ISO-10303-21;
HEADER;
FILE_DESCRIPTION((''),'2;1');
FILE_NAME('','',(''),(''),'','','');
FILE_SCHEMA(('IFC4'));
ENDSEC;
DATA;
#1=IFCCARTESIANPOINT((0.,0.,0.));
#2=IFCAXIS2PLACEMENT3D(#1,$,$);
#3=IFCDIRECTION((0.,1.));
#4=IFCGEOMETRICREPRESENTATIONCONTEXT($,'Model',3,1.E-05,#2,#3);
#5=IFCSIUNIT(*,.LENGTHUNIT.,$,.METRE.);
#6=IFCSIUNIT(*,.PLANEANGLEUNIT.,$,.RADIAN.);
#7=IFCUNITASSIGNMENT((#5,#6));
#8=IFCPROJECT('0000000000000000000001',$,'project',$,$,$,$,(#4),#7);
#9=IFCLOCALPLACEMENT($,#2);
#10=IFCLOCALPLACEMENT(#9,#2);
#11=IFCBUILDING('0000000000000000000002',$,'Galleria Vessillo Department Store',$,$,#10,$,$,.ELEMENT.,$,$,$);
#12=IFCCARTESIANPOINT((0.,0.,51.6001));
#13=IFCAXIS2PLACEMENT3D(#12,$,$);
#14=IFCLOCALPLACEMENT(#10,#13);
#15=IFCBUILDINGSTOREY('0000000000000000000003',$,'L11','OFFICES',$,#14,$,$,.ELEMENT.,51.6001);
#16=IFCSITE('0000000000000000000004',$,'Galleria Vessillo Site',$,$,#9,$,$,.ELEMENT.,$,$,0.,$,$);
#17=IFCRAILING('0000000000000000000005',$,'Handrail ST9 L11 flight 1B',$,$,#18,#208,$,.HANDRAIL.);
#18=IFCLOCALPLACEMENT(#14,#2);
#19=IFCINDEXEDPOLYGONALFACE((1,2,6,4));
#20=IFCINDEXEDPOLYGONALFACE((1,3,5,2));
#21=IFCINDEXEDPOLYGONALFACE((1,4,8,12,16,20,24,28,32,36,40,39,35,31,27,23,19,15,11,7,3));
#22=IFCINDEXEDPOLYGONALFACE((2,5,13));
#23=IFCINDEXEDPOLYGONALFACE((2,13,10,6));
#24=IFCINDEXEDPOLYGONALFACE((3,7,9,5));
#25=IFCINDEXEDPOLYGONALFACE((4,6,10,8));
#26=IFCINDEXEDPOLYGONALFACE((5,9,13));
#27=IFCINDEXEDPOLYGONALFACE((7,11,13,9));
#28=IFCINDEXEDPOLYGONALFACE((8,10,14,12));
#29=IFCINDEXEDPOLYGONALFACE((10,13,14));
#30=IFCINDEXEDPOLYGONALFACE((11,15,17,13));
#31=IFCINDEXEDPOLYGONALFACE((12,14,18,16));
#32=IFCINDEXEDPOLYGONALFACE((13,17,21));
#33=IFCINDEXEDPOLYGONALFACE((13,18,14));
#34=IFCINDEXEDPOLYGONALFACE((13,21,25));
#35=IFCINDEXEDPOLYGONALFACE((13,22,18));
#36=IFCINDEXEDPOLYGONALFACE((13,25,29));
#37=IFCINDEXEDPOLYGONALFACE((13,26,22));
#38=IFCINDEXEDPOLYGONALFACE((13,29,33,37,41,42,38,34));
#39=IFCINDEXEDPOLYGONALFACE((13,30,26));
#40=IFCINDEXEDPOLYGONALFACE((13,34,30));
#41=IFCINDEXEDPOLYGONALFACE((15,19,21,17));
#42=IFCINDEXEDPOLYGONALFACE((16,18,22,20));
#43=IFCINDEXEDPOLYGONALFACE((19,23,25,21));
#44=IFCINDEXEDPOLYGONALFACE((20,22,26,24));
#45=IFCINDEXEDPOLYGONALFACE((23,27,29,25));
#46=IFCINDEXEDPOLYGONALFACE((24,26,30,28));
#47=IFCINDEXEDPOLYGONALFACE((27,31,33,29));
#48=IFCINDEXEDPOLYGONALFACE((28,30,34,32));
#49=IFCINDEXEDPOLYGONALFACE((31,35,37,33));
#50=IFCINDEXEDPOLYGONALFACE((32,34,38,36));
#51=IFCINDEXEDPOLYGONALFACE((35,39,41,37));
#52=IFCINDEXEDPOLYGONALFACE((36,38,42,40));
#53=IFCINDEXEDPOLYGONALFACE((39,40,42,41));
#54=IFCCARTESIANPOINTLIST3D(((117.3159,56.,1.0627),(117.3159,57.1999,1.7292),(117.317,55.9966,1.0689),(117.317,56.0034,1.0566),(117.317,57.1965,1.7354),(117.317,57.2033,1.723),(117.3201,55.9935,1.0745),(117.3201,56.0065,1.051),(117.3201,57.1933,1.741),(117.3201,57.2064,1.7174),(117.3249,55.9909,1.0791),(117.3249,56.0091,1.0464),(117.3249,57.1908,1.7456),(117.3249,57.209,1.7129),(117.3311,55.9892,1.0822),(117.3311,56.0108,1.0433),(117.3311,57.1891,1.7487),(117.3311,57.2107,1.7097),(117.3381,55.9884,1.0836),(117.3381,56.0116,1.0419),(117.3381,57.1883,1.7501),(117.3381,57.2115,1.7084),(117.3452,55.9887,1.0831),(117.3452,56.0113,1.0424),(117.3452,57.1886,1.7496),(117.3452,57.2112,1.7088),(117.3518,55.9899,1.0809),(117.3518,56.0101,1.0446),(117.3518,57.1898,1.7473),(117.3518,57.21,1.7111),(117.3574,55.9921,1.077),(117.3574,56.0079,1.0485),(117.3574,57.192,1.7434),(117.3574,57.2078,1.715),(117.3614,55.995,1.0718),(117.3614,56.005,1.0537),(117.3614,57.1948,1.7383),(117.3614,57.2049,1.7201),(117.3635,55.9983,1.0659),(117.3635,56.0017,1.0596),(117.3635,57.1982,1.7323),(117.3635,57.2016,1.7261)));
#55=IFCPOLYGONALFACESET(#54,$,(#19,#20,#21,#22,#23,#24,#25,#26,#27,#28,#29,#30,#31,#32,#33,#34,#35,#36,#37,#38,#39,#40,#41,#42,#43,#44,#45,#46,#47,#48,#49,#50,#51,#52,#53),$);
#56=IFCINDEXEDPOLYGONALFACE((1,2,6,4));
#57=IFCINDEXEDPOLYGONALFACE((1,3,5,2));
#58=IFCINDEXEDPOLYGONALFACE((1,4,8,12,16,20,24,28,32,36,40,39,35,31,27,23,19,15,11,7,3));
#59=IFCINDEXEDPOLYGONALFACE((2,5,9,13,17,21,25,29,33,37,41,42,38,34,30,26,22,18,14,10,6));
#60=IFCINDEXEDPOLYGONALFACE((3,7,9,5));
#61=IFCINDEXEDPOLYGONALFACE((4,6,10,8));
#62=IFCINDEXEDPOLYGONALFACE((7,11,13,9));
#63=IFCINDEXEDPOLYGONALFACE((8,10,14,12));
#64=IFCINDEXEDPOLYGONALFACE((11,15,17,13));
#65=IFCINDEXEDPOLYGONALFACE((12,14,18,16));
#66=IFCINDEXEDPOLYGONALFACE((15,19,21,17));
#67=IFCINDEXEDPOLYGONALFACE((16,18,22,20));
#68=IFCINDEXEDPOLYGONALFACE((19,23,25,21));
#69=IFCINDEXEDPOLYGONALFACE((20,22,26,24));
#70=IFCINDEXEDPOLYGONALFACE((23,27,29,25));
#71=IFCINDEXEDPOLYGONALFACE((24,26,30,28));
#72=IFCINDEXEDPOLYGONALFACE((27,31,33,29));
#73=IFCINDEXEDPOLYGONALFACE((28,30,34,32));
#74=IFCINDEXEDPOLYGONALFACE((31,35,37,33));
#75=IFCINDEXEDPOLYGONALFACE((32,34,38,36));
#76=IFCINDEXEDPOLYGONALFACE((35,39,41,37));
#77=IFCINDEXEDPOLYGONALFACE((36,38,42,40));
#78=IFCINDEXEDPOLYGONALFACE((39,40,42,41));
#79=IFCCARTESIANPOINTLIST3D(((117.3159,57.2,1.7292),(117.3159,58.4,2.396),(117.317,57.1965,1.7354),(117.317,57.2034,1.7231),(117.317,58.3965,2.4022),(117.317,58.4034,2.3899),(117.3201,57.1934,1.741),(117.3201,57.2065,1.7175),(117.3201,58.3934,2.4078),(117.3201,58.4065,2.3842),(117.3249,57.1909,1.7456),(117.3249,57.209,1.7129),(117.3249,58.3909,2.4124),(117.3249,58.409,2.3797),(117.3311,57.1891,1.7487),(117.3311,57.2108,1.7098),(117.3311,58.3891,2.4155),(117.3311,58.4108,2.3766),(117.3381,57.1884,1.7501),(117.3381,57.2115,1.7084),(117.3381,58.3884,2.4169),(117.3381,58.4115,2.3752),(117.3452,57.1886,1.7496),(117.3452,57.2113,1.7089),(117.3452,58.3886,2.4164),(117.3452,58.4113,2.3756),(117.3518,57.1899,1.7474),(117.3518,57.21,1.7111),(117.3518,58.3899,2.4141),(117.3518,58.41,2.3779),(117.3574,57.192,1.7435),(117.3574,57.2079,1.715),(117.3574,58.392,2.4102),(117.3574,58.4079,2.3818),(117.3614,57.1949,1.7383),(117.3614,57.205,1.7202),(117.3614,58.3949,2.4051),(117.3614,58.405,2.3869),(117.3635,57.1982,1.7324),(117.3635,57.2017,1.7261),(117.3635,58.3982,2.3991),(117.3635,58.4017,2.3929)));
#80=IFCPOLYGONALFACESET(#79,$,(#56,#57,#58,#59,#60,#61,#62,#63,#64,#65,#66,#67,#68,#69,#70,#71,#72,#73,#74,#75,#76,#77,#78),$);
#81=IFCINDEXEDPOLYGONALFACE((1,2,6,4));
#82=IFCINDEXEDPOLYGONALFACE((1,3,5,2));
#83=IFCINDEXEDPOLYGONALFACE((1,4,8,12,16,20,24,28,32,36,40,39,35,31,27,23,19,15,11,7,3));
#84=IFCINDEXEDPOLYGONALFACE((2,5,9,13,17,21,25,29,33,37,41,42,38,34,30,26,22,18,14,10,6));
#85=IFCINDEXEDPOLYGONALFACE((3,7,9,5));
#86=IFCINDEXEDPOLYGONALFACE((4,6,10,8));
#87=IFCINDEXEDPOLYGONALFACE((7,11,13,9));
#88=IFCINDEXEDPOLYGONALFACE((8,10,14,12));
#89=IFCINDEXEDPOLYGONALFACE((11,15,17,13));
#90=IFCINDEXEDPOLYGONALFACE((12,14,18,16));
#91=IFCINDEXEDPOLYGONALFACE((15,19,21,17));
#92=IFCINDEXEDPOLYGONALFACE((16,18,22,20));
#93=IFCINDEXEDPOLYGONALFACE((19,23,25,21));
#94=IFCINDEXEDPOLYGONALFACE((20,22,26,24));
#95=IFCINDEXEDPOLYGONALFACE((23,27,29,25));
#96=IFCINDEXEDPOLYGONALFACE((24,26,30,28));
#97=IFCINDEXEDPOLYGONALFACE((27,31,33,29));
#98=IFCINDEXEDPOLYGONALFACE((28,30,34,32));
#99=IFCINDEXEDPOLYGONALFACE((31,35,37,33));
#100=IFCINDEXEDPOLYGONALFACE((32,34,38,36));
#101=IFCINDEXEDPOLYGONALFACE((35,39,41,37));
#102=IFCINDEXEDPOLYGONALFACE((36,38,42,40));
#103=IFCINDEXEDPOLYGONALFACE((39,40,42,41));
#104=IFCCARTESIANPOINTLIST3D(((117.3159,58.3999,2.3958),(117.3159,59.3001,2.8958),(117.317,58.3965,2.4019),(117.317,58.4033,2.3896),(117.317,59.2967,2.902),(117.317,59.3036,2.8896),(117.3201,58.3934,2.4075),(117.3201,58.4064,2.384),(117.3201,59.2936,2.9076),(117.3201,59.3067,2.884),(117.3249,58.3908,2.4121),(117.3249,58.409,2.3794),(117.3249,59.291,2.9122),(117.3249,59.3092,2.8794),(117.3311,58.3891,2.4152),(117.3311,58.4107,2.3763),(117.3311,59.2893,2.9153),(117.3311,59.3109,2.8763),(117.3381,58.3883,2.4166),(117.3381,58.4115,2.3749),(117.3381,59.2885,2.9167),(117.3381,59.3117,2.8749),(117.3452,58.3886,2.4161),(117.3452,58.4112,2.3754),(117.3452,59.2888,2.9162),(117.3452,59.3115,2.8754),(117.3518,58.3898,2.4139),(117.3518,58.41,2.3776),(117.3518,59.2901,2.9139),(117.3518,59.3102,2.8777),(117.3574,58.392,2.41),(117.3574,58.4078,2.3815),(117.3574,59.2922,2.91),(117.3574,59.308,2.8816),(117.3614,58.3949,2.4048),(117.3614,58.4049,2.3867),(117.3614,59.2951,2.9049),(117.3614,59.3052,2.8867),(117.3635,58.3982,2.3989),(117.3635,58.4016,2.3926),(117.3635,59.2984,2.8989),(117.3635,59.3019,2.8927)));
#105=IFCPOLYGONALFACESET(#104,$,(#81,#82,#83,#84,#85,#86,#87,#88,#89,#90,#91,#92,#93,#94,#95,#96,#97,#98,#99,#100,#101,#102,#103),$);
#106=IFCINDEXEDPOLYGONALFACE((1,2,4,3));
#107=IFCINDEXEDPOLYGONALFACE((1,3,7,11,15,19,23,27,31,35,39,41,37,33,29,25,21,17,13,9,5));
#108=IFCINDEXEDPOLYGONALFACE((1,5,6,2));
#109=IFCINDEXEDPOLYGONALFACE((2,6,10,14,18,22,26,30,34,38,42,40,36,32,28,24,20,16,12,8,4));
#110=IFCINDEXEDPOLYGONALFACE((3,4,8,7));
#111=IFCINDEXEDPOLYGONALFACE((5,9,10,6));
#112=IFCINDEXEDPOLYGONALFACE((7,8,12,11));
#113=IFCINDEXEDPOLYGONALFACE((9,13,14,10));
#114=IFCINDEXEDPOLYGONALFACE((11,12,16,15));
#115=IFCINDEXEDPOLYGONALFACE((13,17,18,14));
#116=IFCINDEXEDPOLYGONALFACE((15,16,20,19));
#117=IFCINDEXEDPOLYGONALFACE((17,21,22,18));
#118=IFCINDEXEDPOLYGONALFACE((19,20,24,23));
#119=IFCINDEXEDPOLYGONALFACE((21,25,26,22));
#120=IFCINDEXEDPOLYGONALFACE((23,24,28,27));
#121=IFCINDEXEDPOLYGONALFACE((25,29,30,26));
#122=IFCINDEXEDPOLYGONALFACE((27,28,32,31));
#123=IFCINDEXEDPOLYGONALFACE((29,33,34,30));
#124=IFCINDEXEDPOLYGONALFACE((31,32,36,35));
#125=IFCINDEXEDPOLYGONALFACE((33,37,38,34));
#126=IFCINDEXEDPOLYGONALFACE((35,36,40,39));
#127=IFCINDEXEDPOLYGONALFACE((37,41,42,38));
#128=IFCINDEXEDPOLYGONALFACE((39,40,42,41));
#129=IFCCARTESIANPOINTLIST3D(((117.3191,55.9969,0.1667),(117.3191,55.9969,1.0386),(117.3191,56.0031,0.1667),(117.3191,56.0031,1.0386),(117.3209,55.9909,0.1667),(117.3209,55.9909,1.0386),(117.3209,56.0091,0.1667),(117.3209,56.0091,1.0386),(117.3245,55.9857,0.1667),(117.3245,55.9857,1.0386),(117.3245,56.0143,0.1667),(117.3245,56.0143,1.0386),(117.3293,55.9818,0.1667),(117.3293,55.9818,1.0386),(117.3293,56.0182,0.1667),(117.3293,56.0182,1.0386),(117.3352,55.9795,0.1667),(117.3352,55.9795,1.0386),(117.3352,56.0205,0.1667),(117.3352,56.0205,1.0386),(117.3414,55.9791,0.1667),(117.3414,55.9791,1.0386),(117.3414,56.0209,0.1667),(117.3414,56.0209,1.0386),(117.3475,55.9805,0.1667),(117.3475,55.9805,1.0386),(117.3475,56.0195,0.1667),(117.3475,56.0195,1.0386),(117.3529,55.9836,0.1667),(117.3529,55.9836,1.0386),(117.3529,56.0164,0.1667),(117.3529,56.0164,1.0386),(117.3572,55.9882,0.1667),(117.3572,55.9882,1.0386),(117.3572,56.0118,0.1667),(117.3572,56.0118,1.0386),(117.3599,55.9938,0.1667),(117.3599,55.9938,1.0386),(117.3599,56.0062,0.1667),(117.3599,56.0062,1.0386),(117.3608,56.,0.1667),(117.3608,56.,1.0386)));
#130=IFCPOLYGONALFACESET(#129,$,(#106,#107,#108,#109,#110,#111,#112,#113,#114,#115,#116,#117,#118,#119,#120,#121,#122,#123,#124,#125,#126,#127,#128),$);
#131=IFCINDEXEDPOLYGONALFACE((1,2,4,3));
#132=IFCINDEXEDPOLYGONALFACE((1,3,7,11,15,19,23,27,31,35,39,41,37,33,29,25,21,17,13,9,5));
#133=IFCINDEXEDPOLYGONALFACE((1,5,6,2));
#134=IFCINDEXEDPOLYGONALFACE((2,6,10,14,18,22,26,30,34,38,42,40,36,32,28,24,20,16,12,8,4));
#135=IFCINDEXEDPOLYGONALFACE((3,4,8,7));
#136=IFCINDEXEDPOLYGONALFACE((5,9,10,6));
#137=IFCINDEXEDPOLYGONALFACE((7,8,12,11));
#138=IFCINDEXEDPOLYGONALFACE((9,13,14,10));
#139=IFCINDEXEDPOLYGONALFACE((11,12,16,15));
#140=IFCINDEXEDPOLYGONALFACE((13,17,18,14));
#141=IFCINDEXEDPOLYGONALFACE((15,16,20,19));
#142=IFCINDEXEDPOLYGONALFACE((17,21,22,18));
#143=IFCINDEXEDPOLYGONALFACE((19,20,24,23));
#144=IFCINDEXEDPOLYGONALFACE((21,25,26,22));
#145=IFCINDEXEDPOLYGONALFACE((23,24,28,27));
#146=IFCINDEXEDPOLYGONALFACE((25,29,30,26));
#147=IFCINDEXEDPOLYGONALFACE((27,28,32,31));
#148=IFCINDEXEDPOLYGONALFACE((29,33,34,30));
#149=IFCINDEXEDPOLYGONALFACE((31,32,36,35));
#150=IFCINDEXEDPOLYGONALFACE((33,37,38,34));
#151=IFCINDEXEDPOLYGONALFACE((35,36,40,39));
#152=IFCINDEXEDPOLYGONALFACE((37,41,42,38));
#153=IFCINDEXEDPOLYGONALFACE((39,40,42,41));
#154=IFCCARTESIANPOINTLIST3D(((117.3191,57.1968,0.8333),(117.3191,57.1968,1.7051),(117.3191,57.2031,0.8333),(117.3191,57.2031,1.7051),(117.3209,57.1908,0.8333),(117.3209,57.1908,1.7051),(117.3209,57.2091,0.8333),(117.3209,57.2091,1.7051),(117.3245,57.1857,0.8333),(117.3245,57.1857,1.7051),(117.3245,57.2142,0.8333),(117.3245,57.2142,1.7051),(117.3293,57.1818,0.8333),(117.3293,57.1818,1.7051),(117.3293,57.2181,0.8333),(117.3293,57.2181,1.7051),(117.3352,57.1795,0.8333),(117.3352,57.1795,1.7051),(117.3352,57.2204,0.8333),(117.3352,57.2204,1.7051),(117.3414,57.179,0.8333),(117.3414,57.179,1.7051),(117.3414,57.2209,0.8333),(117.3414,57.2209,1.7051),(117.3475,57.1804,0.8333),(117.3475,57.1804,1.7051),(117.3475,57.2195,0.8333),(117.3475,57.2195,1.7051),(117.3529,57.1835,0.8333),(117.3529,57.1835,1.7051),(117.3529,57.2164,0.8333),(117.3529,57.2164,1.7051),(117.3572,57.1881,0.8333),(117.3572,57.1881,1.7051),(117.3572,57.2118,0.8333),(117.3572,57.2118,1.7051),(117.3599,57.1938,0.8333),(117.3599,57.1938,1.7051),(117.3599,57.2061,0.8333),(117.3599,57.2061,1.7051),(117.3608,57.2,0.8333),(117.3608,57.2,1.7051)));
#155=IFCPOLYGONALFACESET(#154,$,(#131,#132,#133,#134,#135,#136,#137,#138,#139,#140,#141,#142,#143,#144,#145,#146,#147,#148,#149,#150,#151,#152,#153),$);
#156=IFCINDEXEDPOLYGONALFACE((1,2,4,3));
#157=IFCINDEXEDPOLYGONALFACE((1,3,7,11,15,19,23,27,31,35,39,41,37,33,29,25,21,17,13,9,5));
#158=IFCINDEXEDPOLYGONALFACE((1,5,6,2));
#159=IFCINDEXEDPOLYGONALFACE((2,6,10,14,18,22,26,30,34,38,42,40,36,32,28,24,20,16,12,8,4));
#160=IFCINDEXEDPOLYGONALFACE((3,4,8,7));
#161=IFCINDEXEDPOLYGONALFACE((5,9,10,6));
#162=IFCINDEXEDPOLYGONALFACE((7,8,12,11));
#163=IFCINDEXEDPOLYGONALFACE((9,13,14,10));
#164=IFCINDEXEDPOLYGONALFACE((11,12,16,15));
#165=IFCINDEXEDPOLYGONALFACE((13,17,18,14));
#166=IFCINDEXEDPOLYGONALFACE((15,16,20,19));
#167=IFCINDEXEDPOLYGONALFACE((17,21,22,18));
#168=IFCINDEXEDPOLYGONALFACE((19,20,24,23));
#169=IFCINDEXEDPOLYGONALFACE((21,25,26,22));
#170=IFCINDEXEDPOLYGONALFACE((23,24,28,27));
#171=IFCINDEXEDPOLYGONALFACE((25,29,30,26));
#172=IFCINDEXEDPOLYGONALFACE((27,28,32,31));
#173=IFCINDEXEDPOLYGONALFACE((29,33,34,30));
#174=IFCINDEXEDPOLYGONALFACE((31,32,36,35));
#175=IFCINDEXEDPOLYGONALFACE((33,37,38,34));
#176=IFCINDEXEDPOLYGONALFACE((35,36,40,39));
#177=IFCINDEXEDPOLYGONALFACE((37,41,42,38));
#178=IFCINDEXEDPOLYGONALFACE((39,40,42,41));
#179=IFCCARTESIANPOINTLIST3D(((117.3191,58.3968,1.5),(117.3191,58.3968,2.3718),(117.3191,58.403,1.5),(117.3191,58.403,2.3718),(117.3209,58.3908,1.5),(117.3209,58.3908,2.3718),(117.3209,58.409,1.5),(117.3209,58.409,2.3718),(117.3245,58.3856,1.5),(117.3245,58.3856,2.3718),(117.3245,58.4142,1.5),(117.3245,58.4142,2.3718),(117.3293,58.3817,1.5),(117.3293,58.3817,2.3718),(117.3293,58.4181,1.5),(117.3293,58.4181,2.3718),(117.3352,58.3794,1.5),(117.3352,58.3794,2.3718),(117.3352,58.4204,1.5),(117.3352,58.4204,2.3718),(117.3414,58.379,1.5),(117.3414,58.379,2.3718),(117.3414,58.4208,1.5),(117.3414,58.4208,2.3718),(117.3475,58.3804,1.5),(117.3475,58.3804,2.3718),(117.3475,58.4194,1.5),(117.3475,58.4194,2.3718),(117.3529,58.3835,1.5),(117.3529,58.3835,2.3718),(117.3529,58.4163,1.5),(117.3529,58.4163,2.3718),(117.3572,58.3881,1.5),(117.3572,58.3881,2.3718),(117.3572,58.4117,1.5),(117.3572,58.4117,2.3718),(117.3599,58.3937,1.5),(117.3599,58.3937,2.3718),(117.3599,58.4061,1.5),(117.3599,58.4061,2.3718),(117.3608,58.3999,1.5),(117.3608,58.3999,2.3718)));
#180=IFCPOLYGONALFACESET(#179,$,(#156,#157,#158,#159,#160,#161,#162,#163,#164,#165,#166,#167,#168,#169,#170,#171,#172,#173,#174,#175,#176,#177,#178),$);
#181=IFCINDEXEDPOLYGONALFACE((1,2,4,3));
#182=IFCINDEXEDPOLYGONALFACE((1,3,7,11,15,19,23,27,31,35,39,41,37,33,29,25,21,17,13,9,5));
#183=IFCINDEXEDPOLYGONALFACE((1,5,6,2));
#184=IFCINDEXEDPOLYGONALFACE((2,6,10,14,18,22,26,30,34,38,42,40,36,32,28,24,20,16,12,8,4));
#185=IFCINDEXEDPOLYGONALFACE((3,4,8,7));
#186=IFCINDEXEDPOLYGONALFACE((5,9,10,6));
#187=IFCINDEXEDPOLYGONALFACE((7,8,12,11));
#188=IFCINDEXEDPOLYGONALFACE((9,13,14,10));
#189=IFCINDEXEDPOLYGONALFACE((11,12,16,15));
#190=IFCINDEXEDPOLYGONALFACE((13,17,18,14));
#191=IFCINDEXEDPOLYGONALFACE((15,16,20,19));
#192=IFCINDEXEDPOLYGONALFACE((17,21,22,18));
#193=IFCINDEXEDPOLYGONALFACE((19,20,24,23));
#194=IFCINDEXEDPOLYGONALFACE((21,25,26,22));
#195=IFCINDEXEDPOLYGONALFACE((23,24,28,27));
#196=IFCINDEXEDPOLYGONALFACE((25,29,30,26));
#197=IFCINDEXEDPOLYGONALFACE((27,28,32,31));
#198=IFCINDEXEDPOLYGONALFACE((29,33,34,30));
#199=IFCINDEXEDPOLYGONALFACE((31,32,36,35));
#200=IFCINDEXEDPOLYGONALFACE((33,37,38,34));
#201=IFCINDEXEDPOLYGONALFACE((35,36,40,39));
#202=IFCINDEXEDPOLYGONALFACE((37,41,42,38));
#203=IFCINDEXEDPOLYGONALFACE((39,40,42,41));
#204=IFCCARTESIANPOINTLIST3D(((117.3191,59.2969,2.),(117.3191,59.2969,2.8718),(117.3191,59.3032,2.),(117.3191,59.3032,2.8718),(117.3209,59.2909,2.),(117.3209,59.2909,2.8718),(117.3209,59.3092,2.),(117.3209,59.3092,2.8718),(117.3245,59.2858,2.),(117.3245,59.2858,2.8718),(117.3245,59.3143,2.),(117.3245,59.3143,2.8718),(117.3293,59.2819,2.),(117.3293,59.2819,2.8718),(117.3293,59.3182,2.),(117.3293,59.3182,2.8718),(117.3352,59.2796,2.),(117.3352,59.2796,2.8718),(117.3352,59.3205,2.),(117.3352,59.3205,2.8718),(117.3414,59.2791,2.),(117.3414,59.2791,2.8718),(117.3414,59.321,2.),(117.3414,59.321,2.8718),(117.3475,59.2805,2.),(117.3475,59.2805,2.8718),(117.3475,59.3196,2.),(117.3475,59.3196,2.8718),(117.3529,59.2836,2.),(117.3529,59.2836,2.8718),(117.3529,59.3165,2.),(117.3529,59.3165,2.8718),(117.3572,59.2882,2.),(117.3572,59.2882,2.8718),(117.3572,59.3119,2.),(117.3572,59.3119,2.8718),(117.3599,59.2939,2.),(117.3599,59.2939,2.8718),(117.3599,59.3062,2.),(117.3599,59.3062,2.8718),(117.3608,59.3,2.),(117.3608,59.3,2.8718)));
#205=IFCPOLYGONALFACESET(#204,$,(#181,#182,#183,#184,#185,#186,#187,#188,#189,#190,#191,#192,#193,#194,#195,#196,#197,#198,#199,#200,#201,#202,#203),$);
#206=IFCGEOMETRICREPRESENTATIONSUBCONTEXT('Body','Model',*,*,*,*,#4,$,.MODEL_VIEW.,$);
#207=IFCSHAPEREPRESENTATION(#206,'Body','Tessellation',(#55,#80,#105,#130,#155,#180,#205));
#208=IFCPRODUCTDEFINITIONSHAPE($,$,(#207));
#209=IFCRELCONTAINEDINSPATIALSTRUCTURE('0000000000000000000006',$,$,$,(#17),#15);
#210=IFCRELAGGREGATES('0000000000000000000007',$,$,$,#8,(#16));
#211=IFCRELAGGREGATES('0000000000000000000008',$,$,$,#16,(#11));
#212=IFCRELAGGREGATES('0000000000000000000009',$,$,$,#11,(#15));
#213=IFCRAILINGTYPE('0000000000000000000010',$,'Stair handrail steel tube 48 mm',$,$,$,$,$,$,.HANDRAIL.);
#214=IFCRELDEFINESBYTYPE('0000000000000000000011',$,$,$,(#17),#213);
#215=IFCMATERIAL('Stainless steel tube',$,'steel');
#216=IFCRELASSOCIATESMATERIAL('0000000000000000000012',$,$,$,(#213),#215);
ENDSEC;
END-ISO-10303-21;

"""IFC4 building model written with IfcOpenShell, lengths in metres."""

from ifc_helpers import new_model, si_unit, direction, frame, origin, origin_2d, place, context, subcontext, project, spatial, circle, extrude, material, type_object, element, save


model = new_model("IFC4")

# Units and contexts
model_context = context("Model", 3, precision=1e-05, world=origin(), true_north=direction((0.0, 1.0)))
body_context = subcontext(model_context, "Body", "Model", "MODEL_VIEW")
ifc_project = project(units=[si_unit("LENGTHUNIT", "METRE"), si_unit("PLANEANGLEUNIT", "RADIAN")], contexts=[model_context])

# Site, building, storey
site_placement = place(None, origin())
site = spatial("IfcSite", under=ifc_project, at=site_placement, Name="Galleria Vessillo Site", CompositionType="ELEMENT", RefElevation=0.0)
building_placement = place(site_placement, origin())
building = spatial("IfcBuilding", under=site, at=building_placement, Name="Galleria Vessillo Department Store", CompositionType="ELEMENT")
storey_placement = place(building_placement, frame((0.0, 0.0, 51.6001)))
storey = spatial("IfcBuildingStorey", under=building, at=storey_placement, Name="L11", Description="OFFICES", CompositionType="ELEMENT", Elevation=51.6001)

# Railing
ifc_material_1 = material(Name="Stainless steel tube", Category="steel")
railing_type = type_object("IfcRailingType", Name="Stair handrail steel tube 48 mm", PredefinedType="HANDRAIL", material=ifc_material_1)
for number, where, name in (
    (1, (117.3398, 56.0, 0.1667), "Handrail ST9 L11 flight 1B"),
):
    element("IfcRailing", number, at=place(storey_placement, frame(where)), inside=storey, type_object=railing_type, Name=name, PredefinedType="HANDRAIL", context=body_context, shape_type="SweptSolid", body=[
        extrude(circle(Radius=0.0239, at=origin_2d()), frame((0.0, 0.0, 0.896), z_axis=(0.0, 0.874199, 0.485567), x_axis=(-1.0, 0.0, 0.0)), (0.0, 0.0, 1.0), 1.3726),
        extrude(circle(Radius=0.0239, at=origin_2d()), frame((0.0, 1.2, 1.5625), z_axis=(0.0, 0.874124, 0.485703), x_axis=(-1.0, 0.0, 0.0)), (0.0, 0.0, 1.0), 1.3728),
        extrude(circle(Radius=0.0239, at=origin_2d()), frame((0.0, 2.3999, 2.229), z_axis=(0.0, 0.874191, 0.485583), x_axis=(-1.0, 0.0, 0.0)), (0.0, 0.0, 1.0), 1.0298),
        extrude(circle(Radius=0.021, at=origin_2d()), origin(), (0.0, 0.0, 1.0), 0.8718),
        extrude(circle(Radius=0.021, at=origin_2d()), frame((0.0, 1.2, 0.6665)), (0.0, 0.0, 1.0), 0.8718),
        extrude(circle(Radius=0.021, at=origin_2d()), frame((0.0, 2.3999, 1.3333)), (0.0, 0.0, 1.0), 0.8718),
        extrude(circle(Radius=0.021, at=origin_2d()), frame((0.0, 3.3, 1.8333)), (0.0, 0.0, 1.0), 0.8718),
    ])

save(model, "model.ifc")
